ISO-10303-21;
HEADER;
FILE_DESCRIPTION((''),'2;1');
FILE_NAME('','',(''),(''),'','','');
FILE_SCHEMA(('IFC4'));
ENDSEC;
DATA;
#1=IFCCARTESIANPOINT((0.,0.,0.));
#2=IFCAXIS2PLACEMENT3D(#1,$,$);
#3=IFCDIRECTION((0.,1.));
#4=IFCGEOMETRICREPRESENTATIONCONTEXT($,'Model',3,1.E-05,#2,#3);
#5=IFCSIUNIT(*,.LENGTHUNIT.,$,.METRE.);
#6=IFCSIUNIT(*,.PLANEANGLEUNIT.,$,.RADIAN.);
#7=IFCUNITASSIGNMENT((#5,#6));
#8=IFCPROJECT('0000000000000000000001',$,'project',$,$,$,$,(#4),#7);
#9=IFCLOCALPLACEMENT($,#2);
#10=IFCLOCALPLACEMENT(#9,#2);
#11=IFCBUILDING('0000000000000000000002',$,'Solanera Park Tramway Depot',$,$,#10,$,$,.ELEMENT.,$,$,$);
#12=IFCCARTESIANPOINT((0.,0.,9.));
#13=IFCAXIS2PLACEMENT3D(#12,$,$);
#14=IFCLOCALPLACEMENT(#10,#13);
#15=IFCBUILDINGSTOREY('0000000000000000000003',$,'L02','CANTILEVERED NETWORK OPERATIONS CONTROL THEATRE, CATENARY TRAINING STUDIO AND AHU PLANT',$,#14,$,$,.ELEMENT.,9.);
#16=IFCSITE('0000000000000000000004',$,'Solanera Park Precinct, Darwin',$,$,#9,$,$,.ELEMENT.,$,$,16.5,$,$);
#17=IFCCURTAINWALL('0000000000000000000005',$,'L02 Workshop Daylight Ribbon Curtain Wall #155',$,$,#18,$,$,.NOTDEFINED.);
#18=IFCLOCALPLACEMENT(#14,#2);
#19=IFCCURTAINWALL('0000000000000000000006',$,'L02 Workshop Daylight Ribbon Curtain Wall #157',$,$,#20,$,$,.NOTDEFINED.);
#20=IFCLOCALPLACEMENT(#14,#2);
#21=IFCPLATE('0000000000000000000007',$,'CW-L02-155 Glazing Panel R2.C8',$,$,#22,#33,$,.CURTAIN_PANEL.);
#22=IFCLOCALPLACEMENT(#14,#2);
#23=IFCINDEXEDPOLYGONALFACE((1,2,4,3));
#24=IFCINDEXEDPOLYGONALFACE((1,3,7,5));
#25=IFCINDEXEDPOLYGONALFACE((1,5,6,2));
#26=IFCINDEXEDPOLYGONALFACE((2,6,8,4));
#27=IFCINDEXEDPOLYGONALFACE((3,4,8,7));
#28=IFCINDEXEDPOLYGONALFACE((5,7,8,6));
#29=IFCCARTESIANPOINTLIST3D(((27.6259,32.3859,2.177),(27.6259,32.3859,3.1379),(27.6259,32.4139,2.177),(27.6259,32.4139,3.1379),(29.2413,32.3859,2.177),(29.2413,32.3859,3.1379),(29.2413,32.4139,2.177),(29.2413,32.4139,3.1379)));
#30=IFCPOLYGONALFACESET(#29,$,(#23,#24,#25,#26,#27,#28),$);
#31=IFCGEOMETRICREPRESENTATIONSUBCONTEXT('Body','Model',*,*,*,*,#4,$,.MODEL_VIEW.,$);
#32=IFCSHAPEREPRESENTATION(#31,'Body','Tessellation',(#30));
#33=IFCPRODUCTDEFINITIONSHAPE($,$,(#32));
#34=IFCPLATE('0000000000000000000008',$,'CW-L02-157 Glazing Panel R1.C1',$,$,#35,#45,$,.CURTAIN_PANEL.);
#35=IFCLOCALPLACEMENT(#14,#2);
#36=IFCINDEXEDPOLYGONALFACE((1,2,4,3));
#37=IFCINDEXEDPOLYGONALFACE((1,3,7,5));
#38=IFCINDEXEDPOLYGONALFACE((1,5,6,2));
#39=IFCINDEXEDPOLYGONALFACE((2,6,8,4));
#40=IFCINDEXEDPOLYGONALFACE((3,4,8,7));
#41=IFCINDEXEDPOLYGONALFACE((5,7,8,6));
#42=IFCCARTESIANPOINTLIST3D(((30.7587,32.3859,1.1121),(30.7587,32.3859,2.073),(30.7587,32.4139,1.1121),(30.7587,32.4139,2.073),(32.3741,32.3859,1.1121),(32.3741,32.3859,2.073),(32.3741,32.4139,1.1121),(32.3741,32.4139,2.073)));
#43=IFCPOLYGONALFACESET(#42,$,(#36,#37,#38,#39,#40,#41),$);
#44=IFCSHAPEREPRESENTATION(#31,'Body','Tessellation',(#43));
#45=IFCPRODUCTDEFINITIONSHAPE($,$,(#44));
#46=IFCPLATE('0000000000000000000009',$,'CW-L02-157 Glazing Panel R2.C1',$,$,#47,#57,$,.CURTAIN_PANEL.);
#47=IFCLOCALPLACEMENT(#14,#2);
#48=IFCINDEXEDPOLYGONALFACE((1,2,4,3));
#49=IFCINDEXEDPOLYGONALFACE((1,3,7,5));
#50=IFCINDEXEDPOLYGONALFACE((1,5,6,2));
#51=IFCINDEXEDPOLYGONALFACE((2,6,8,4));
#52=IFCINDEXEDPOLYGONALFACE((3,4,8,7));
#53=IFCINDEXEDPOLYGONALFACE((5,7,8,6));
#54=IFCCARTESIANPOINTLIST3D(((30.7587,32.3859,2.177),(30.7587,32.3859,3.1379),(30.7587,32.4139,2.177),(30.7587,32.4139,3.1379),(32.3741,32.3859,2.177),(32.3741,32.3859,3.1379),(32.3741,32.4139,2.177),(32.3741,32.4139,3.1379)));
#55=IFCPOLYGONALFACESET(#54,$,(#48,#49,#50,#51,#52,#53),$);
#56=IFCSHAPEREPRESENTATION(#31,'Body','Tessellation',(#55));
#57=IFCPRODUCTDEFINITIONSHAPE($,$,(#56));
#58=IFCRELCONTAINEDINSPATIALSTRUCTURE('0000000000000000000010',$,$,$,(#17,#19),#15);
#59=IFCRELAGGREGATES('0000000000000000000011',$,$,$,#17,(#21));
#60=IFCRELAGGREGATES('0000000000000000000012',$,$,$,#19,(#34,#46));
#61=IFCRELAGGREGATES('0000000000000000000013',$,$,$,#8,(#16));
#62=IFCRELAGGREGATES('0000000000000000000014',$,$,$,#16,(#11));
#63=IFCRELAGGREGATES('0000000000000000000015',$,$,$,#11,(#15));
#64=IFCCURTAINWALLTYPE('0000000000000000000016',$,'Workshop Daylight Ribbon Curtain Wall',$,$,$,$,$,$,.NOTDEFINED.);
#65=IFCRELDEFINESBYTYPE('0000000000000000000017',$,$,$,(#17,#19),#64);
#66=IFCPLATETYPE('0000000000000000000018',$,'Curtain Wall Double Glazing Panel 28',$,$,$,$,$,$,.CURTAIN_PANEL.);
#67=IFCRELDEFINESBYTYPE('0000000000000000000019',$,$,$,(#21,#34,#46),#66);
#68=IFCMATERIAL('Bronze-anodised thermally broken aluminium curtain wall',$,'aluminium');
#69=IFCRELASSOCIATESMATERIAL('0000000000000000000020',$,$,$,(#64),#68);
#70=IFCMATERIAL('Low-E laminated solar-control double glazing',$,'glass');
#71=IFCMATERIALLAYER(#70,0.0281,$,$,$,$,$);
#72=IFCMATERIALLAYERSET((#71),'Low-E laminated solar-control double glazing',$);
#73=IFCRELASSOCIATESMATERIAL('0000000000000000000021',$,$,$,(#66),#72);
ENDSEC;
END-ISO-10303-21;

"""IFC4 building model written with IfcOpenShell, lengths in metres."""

from ifc_helpers import new_model, si_unit, direction, frame, origin, origin_2d, place, context, subcontext, project, spatial, rectangle, extrude, material, layer, layer_set, type_object, element, aggregate, save


model = new_model("IFC4")

# Units and contexts
model_context = context("Model", 3, precision=1e-05, world=origin(), true_north=direction((0.0, 1.0)))
body_context = subcontext(model_context, "Body", "Model", "MODEL_VIEW")
ifc_project = project(units=[si_unit("LENGTHUNIT", "METRE"), si_unit("PLANEANGLEUNIT", "RADIAN")], contexts=[model_context])

# Site, building, storey
site_placement = place(None, origin())
site = spatial("IfcSite", under=ifc_project, at=site_placement, Name="Solanera Park Precinct, Darwin", CompositionType="ELEMENT", RefElevation=16.5)
building_placement = place(site_placement, origin())
building = spatial("IfcBuilding", under=site, at=building_placement, Name="Solanera Park Tramway Depot", CompositionType="ELEMENT")
storey_placement = place(building_placement, frame((0.0, 0.0, 9.0)))
storey = spatial("IfcBuildingStorey", under=building, at=storey_placement, Name="L02", Description="CANTILEVERED NETWORK OPERATIONS CONTROL THEATRE, CATENARY TRAINING STUDIO AND AHU PLANT", CompositionType="ELEMENT", Elevation=9.0)

# Curtain walls
ifc_material_1 = material(Name="Bronze-anodised thermally broken aluminium curtain wall", Category="aluminium")
curtain_wall_type = type_object("IfcCurtainWallType", Name="Workshop Daylight Ribbon Curtain Wall", PredefinedType="NOTDEFINED", material=ifc_material_1)
curtain_wall_1_placement = place(storey_placement, origin())
curtain_wall_1 = element("IfcCurtainWall", 1, at=curtain_wall_1_placement, inside=storey, type_object=curtain_wall_type, Name="L02 Workshop Daylight Ribbon Curtain Wall #155", PredefinedType="NOTDEFINED")
curtain_wall_2_placement = place(storey_placement, origin())
curtain_wall_2 = element("IfcCurtainWall", 2, at=curtain_wall_2_placement, inside=storey, type_object=curtain_wall_type, Name="L02 Workshop Daylight Ribbon Curtain Wall #157", PredefinedType="NOTDEFINED")

# Plates
ifc_material_2 = material(Name="Low-E laminated solar-control double glazing", Category="glass")
ifc_layer = layer(ifc_material_2, 0.0281)
ifc_layer_set = layer_set([ifc_layer], Name="Low-E laminated solar-control double glazing")
plate_type = type_object("IfcPlateType", Name="Curtain Wall Double Glazing Panel 28", PredefinedType="CURTAIN_PANEL", material=ifc_layer_set)
plate_1_placement = place(storey_placement, frame((28.4336, 32.3999, 2.177), z_axis=(0.0, 0.0, 1.0), x_axis=(1.0, 0.0, 0.0)))
plate_1 = element("IfcPlate", 3, at=plate_1_placement, type_object=plate_type, Name="CW-L02-155 Glazing Panel R2.C8", PredefinedType="CURTAIN_PANEL", context=body_context, shape_type="SweptSolid", body=[
    extrude(rectangle(XDim=1.6155, YDim=0.0281, at=origin_2d()), origin(), (0.0, 0.0, 1.0), 0.9609),
])
aggregate(curtain_wall_1, [plate_1])
plate_2_placement = place(storey_placement, frame((31.5664, 32.3999, 1.1121), z_axis=(0.0, 0.0, 1.0), x_axis=(1.0, 0.0, 0.0)))
plate_2 = element("IfcPlate", 4, at=plate_2_placement, type_object=plate_type, Name="CW-L02-157 Glazing Panel R1.C1", PredefinedType="CURTAIN_PANEL", context=body_context, shape_type="SweptSolid", body=[
    extrude(rectangle(XDim=1.6155, YDim=0.0281, at=origin_2d()), origin(), (0.0, 0.0, 1.0), 0.9609),
])
plate_3_placement = place(storey_placement, frame((31.5664, 32.3999, 2.177), z_axis=(0.0, 0.0, 1.0), x_axis=(1.0, 0.0, 0.0)))
plate_3 = element("IfcPlate", 5, at=plate_3_placement, type_object=plate_type, Name="CW-L02-157 Glazing Panel R2.C1", PredefinedType="CURTAIN_PANEL", context=body_context, shape_type="SweptSolid", body=[
    extrude(rectangle(XDim=1.6155, YDim=0.0281, at=origin_2d()), origin(), (0.0, 0.0, 1.0), 0.9609),
])
aggregate(curtain_wall_2, [plate_2, plate_3])

save(model, "model.ifc")
